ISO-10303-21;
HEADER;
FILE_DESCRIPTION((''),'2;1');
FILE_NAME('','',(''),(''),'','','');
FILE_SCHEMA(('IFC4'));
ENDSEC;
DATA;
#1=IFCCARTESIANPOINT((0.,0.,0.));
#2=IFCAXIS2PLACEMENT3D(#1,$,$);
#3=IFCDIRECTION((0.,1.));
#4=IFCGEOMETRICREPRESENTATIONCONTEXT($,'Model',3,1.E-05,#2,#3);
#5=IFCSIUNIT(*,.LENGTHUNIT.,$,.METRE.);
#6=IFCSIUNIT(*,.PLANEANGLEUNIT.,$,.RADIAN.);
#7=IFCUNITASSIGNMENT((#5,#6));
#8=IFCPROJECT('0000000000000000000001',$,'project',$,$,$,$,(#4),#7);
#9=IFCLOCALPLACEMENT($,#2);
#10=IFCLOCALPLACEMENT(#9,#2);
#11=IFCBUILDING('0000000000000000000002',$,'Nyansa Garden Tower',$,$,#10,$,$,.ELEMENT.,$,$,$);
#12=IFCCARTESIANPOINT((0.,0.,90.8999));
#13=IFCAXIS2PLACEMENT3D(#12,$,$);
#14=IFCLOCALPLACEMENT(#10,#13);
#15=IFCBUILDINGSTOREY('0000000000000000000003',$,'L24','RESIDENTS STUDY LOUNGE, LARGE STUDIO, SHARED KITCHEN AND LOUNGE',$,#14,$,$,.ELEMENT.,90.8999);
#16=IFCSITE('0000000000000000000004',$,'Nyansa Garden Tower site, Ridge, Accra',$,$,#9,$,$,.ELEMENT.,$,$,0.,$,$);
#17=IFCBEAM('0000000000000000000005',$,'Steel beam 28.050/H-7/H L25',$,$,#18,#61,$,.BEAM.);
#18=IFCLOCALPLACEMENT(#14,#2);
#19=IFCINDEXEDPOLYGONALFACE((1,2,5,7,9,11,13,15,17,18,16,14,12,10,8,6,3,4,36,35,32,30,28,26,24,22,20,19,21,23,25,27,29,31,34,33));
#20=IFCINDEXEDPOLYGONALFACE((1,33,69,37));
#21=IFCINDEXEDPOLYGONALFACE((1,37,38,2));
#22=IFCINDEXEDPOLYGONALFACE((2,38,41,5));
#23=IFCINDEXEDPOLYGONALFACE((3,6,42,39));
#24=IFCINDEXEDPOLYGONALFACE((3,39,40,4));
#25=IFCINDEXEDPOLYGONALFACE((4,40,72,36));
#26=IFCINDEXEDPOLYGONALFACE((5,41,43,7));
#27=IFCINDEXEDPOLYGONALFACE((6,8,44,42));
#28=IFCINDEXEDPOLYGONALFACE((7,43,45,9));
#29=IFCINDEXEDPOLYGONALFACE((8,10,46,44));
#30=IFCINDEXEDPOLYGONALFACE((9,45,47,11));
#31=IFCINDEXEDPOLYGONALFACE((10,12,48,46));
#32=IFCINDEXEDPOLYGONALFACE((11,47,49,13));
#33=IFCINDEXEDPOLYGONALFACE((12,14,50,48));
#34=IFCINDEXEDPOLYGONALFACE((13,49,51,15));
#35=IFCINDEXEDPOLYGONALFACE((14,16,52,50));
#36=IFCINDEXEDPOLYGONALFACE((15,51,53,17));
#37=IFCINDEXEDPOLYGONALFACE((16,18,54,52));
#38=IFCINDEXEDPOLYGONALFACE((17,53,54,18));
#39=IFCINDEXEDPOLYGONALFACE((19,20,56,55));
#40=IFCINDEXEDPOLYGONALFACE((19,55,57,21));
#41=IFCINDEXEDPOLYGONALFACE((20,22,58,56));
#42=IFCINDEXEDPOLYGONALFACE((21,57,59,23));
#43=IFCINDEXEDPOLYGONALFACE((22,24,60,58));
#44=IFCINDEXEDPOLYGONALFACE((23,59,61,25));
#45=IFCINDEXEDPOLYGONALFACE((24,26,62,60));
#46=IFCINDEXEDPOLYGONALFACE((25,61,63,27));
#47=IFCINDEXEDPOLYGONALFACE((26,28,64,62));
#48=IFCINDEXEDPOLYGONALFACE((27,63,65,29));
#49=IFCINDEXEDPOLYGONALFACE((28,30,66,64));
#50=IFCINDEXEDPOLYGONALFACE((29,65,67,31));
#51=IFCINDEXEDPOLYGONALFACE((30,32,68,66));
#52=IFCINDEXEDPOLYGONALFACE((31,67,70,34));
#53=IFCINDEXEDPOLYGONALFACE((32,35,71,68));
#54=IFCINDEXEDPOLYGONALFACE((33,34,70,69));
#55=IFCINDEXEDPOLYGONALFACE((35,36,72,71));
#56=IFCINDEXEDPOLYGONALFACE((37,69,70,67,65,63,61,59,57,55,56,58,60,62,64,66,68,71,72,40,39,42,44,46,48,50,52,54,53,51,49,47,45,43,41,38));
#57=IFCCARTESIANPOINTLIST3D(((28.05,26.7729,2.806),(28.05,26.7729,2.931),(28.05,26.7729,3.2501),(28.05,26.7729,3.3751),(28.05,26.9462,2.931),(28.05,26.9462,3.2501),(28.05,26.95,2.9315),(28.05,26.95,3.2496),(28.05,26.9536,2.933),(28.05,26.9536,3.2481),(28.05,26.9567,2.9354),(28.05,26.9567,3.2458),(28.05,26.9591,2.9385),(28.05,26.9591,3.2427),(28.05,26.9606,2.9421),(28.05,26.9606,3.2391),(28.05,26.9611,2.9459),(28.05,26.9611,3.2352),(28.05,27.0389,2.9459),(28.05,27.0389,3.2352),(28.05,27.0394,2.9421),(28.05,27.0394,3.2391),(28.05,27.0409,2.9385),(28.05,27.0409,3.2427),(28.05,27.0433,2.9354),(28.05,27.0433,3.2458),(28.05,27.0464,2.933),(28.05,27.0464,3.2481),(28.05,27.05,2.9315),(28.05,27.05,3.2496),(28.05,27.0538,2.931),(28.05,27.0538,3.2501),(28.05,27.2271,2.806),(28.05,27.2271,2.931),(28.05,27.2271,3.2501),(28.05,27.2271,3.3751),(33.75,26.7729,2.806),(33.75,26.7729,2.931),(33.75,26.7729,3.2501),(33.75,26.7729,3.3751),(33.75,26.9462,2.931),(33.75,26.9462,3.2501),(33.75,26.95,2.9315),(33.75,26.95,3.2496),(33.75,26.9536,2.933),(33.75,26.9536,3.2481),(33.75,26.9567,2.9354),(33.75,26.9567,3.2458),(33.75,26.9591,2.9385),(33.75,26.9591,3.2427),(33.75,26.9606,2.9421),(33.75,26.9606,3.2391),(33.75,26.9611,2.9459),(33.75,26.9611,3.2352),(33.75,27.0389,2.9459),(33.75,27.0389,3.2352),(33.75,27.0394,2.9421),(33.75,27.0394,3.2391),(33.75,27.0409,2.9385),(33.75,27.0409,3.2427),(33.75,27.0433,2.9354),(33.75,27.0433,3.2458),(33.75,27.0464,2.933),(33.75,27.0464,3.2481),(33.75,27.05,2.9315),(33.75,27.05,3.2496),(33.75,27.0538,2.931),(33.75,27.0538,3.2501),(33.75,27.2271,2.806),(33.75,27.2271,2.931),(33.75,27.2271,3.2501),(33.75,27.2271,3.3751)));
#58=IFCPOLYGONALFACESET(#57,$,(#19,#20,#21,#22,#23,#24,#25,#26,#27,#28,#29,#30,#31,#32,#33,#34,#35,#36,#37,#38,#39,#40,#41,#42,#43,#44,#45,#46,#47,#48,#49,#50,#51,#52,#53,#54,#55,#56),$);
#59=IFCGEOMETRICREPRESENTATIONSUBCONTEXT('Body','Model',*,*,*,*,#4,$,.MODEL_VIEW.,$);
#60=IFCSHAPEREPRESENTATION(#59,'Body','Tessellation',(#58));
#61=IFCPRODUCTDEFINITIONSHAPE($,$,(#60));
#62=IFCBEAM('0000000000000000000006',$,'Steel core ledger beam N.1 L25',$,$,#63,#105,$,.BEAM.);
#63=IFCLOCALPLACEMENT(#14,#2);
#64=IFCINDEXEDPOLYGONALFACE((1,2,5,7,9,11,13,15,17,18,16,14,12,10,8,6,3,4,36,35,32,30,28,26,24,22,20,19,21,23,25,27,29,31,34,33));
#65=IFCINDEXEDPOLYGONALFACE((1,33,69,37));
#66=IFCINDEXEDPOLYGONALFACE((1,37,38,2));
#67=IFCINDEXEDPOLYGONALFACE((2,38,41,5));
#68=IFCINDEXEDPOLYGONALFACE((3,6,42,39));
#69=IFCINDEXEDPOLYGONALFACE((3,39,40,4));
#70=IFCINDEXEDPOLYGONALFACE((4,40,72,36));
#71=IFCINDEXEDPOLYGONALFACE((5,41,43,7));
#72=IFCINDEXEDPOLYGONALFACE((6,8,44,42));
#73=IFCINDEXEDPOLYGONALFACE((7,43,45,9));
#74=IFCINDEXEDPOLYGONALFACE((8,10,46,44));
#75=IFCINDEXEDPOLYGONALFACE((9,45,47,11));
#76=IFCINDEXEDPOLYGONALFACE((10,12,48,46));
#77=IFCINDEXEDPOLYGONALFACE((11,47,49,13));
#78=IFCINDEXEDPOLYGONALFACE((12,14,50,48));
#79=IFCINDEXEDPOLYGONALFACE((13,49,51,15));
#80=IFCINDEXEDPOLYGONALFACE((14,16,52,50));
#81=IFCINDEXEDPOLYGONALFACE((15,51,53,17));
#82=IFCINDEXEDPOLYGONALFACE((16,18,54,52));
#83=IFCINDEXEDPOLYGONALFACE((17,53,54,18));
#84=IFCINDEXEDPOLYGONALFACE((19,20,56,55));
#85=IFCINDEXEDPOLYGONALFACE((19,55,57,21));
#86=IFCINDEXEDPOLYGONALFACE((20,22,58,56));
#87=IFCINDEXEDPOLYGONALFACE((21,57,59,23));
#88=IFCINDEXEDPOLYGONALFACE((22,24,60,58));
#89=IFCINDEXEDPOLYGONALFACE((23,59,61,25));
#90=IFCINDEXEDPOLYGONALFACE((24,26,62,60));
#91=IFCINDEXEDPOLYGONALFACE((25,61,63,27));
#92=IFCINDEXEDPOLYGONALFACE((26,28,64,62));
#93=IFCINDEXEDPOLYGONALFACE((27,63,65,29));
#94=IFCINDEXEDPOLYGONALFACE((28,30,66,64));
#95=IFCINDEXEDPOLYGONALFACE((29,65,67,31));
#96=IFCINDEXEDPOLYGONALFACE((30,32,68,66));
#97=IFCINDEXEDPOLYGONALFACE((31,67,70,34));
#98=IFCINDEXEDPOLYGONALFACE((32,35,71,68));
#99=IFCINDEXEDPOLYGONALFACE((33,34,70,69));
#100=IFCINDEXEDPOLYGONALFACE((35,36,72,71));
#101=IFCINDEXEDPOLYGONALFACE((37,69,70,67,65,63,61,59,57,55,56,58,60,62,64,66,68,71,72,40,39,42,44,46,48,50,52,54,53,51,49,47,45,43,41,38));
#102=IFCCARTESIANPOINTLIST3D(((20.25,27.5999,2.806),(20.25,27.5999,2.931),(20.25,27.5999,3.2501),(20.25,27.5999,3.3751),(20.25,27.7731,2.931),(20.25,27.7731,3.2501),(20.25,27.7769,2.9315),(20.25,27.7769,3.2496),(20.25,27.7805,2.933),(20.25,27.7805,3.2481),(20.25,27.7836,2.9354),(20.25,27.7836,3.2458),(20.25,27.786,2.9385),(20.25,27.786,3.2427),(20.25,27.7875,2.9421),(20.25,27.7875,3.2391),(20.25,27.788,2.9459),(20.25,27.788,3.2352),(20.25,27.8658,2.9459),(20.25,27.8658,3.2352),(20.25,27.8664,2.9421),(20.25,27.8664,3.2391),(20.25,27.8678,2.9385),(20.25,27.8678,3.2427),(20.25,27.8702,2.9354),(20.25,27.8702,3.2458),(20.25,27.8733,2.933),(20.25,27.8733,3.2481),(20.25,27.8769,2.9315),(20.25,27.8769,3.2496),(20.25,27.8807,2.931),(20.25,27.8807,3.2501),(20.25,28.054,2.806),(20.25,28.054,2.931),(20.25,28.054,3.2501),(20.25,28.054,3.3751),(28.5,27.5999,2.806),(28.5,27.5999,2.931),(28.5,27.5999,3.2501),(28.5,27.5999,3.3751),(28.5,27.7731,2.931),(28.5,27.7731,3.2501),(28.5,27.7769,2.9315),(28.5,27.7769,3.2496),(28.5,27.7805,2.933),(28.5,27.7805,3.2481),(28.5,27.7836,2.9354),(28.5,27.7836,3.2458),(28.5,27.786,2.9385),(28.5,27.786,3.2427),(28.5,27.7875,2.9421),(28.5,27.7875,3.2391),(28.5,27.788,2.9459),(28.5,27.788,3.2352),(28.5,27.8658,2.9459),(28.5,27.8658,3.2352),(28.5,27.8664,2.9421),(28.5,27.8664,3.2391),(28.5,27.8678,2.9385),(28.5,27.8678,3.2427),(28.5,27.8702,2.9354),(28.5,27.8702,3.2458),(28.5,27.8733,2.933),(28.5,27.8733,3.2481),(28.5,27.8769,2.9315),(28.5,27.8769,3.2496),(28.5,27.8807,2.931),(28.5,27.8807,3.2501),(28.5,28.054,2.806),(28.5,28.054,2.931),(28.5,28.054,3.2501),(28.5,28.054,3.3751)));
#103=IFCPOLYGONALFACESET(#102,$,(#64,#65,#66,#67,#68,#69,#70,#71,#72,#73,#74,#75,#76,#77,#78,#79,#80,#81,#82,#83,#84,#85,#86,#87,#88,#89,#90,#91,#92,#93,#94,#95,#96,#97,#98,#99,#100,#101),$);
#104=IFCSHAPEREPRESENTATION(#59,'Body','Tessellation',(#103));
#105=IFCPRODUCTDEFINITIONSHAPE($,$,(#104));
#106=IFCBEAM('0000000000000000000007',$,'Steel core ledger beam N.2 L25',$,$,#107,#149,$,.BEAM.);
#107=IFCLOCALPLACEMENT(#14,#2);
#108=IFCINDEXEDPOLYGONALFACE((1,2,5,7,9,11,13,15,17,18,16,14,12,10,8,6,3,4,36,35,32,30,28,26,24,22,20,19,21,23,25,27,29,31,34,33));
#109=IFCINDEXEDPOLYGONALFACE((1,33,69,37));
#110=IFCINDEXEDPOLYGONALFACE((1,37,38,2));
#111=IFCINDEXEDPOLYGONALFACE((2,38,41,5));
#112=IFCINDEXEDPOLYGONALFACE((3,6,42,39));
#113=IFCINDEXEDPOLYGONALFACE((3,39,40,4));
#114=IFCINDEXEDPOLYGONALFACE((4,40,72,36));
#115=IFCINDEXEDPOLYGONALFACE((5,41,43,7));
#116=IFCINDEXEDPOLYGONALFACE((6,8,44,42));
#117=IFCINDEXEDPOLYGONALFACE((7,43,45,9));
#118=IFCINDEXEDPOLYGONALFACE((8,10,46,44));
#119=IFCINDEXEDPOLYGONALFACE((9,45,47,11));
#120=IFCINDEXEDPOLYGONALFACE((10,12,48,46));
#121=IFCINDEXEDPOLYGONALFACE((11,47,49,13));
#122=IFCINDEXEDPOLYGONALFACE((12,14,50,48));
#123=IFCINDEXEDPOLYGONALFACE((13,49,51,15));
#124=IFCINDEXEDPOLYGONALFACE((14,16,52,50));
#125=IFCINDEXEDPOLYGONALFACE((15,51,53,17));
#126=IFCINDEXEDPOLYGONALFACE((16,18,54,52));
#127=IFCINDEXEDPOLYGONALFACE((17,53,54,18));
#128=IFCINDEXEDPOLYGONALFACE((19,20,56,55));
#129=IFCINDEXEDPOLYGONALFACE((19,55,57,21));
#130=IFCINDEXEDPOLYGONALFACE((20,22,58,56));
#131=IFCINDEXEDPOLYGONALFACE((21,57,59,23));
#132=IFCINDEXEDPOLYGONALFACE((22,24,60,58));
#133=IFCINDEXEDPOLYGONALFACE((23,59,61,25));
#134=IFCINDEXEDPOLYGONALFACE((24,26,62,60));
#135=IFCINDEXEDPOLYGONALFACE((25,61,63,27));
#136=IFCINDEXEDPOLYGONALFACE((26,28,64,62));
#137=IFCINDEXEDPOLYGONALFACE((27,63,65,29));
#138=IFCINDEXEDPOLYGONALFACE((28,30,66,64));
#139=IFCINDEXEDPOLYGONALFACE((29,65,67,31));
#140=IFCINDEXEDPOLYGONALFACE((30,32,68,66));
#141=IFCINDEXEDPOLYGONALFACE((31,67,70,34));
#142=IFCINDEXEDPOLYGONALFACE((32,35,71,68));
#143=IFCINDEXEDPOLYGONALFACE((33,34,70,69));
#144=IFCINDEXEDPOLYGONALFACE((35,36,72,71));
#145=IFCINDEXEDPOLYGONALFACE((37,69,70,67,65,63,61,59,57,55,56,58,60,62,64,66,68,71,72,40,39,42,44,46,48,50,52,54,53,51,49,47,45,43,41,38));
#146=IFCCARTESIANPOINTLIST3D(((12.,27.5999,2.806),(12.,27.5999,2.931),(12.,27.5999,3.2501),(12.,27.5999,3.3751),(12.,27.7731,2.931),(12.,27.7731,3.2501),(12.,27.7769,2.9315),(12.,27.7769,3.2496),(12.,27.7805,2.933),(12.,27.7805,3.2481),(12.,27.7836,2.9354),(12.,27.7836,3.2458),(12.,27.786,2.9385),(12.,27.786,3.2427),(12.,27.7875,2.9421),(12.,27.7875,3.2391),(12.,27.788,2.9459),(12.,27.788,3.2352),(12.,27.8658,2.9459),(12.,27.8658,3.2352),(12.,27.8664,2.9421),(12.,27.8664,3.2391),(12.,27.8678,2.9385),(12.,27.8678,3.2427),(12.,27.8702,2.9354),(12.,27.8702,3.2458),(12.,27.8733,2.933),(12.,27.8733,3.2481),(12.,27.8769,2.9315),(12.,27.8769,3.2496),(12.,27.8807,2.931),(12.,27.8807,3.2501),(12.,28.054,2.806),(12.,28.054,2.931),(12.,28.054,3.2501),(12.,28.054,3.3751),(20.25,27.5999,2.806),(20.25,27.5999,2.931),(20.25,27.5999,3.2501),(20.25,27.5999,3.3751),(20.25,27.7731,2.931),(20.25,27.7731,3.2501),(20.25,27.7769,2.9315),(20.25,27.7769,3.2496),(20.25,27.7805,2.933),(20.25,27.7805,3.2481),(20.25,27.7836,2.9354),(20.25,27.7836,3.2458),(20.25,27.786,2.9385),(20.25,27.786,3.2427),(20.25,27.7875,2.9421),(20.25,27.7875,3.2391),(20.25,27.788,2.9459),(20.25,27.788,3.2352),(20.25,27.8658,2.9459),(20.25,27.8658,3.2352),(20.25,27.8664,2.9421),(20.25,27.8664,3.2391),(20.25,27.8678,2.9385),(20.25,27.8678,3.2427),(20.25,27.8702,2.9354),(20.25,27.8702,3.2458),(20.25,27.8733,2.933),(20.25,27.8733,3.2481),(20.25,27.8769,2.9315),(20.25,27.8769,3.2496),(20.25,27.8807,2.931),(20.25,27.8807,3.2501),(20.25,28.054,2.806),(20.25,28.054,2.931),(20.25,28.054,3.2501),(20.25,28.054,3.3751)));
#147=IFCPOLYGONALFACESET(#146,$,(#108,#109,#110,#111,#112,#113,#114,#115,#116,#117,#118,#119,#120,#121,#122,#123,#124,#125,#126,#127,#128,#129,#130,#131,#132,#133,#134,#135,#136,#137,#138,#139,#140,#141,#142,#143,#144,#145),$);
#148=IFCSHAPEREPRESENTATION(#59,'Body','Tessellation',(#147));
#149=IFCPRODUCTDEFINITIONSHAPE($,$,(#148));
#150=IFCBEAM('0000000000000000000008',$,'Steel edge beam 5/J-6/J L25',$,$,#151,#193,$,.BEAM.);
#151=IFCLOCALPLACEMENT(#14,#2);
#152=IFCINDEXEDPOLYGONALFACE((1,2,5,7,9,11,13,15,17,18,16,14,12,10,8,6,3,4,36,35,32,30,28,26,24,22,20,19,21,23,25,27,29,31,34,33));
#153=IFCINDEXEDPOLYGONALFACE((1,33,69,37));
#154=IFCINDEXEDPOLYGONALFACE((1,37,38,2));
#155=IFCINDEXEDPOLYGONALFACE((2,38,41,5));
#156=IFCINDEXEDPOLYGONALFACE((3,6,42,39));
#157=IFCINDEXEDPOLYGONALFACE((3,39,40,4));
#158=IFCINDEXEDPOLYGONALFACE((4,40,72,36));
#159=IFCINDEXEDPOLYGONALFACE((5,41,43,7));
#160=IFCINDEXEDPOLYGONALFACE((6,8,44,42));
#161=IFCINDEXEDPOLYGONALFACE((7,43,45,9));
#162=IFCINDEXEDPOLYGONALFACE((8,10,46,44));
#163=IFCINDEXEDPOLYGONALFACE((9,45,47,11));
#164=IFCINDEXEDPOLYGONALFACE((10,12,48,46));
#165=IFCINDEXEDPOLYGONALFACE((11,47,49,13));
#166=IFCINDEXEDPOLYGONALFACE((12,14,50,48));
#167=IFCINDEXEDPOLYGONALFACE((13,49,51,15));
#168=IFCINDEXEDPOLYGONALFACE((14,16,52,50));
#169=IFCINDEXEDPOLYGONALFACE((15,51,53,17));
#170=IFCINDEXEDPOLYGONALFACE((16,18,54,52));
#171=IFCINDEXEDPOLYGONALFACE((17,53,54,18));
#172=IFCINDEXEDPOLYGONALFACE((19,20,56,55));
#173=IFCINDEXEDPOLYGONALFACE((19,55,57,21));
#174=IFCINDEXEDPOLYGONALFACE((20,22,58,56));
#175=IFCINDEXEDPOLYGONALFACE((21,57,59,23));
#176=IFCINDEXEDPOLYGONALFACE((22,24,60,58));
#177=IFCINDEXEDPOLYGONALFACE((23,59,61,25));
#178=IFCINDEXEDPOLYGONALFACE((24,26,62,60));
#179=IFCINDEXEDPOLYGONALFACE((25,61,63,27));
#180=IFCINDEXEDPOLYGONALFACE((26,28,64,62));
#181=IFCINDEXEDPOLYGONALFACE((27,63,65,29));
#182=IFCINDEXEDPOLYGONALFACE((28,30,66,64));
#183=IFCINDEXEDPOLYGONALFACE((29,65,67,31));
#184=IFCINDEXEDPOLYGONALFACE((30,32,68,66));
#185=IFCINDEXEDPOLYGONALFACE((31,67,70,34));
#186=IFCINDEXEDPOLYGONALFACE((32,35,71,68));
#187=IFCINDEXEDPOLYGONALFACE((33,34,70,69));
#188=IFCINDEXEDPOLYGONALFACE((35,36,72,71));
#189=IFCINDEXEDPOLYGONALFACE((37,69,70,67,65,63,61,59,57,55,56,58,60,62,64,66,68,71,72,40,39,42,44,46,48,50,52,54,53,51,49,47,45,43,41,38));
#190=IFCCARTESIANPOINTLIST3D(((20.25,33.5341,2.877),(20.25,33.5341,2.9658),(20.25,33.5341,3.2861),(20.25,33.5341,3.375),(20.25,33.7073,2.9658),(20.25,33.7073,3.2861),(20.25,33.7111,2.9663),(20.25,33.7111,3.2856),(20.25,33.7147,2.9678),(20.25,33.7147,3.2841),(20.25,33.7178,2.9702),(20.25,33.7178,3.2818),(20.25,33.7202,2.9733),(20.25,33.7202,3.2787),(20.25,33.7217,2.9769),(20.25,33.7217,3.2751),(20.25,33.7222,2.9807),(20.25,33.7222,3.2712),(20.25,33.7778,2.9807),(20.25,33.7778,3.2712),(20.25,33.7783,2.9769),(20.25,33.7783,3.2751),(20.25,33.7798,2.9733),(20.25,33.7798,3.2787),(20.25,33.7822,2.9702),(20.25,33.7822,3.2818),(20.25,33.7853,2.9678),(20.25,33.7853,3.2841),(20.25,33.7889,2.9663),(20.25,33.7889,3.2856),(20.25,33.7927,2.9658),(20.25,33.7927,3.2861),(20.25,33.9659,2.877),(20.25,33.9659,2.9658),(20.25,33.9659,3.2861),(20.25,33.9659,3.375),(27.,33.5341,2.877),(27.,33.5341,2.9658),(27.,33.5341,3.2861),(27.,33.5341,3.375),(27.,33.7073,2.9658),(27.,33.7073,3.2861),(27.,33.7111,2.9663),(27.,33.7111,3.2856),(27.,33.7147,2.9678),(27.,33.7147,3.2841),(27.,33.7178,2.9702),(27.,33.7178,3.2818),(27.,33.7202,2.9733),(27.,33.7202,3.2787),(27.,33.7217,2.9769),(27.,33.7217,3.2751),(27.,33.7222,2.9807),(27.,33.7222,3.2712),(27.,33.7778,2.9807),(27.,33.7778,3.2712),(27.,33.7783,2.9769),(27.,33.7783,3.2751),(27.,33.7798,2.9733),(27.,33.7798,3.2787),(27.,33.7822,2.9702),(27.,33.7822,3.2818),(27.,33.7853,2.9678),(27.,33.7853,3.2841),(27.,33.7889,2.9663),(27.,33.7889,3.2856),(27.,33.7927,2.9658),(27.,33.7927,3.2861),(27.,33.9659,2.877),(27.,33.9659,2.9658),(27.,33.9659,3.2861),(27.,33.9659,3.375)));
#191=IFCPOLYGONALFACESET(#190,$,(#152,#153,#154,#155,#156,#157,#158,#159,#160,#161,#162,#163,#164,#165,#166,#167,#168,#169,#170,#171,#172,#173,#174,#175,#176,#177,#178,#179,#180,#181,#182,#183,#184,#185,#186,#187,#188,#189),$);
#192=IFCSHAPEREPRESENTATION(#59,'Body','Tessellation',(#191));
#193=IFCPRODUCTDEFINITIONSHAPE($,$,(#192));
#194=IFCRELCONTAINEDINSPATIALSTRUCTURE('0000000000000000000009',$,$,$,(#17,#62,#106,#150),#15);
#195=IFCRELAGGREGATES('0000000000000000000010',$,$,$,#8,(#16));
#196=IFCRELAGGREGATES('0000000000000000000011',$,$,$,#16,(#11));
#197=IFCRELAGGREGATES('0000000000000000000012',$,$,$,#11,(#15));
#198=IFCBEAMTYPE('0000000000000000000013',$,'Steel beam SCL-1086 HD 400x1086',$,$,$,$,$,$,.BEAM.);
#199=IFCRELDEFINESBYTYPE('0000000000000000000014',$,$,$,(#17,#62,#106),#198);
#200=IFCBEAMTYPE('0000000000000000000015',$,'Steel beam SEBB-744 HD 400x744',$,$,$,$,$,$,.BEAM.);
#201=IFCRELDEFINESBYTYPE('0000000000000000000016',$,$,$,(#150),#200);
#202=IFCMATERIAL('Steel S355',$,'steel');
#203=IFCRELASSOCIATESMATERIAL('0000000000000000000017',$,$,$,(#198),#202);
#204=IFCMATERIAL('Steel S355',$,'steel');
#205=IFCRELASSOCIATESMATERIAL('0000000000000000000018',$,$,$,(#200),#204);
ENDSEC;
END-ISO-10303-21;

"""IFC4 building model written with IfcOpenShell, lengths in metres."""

from ifc_helpers import new_model, si_unit, direction, frame, origin, origin_2d, place, context, subcontext, project, spatial, i_section, extrude, material, material_profile, profile_set, type_object, element, save


model = new_model("IFC4")

# Units and contexts
model_context = context("Model", 3, precision=1e-05, world=origin(), true_north=direction((0.0, 1.0)))
body_context = subcontext(model_context, "Body", "Model", "MODEL_VIEW")
ifc_project = project(units=[si_unit("LENGTHUNIT", "METRE"), si_unit("PLANEANGLEUNIT", "RADIAN")], contexts=[model_context])

# Site, building, storey
site_placement = place(None, origin())
site = spatial("IfcSite", under=ifc_project, at=site_placement, Name="Nyansa Garden Tower site, Ridge, Accra", CompositionType="ELEMENT", RefElevation=0.0)
building_placement = place(site_placement, origin())
building = spatial("IfcBuilding", under=site, at=building_placement, Name="Nyansa Garden Tower", CompositionType="ELEMENT")
storey_placement = place(building_placement, frame((0.0, 0.0, 90.8999)))
storey = spatial("IfcBuildingStorey", under=building, at=storey_placement, Name="L24", Description="RESIDENTS STUDY LOUNGE, LARGE STUDIO, SHARED KITCHEN AND LOUNGE", CompositionType="ELEMENT", Elevation=90.8999)

# Beams
ifc_material_1 = material(Name="Steel S355", Category="steel")
ifc_material_profile_1 = material_profile(ifc_material_1, i_section(OverallWidth=0.4541, OverallDepth=0.5691, WebThickness=0.0779, FlangeThickness=0.125, FilletRadius=0.0149, at=origin_2d()), Name="HD 400x1086")
ifc_profile_set_1 = profile_set([ifc_material_profile_1], Name="Steel S355")
beam_type_1 = type_object("IfcBeamType", Name="Steel beam SCL-1086 HD 400x1086", PredefinedType="BEAM", material=ifc_profile_set_1)
for number, where, z_axis, x_axis, name in (
    (1, (28.05, 27.0, 3.0906), (1.0, 0.0, 0.0), (0.0, 1.0, 0.0), "Steel beam 28.050/H-7/H L25"),
):
    element("IfcBeam", number, at=place(storey_placement, frame(where, z_axis=z_axis, x_axis=x_axis)), inside=storey, type_object=beam_type_1, Name=name, PredefinedType="BEAM", context=body_context, shape_type="SweptSolid", body=[
        extrude(i_section(OverallWidth=0.4541, OverallDepth=0.5691, WebThickness=0.0779, FlangeThickness=0.125, FilletRadius=0.0149, at=origin_2d()), origin(), (0.0, 0.0, 1.0), 5.7),
    ])
for number, where, z_axis, x_axis, name in (
    (2, (28.5, 27.8269, 3.0906), (-1.0, 0.0, 0.0), (0.0, -1.0, 0.0), "Steel core ledger beam N.1 L25"),
    (3, (20.25, 27.8269, 3.0906), (-1.0, 0.0, 0.0), (0.0, -1.0, 0.0), "Steel core ledger beam N.2 L25"),
):
    element("IfcBeam", number, at=place(storey_placement, frame(where, z_axis=z_axis, x_axis=x_axis)), inside=storey, type_object=beam_type_1, Name=name, PredefinedType="BEAM", context=body_context, shape_type="SweptSolid", body=[
        extrude(i_section(OverallWidth=0.4541, OverallDepth=0.5691, WebThickness=0.0779, FlangeThickness=0.125, FilletRadius=0.0149, at=origin_2d()), origin(), (0.0, 0.0, 1.0), 8.25),
    ])
ifc_material_2 = material(Name="Steel S355", Category="steel")
ifc_material_profile_2 = material_profile(ifc_material_2, i_section(OverallWidth=0.4319, OverallDepth=0.498, WebThickness=0.0557, FlangeThickness=0.0889, FilletRadius=0.0149, at=origin_2d()), Name="HD 400x744")
ifc_profile_set_2 = profile_set([ifc_material_profile_2], Name="Steel S355")
beam_type_2 = type_object("IfcBeamType", Name="Steel beam SEBB-744 HD 400x744", PredefinedType="BEAM", material=ifc_profile_set_2)
for number, where, z_axis, x_axis, name in (
    (4, (20.25, 33.75, 3.126), (1.0, 0.0, 0.0), (0.0, 1.0, 0.0), "Steel edge beam 5/J-6/J L25"),
):
    element("IfcBeam", number, at=place(storey_placement, frame(where, z_axis=z_axis, x_axis=x_axis)), inside=storey, type_object=beam_type_2, Name=name, PredefinedType="BEAM", context=body_context, shape_type="SweptSolid", body=[
        extrude(i_section(OverallWidth=0.4319, OverallDepth=0.498, WebThickness=0.0557, FlangeThickness=0.0889, FilletRadius=0.0149, at=origin_2d()), origin(), (0.0, 0.0, 1.0), 6.75),
    ])

save(model, "model.ifc")
